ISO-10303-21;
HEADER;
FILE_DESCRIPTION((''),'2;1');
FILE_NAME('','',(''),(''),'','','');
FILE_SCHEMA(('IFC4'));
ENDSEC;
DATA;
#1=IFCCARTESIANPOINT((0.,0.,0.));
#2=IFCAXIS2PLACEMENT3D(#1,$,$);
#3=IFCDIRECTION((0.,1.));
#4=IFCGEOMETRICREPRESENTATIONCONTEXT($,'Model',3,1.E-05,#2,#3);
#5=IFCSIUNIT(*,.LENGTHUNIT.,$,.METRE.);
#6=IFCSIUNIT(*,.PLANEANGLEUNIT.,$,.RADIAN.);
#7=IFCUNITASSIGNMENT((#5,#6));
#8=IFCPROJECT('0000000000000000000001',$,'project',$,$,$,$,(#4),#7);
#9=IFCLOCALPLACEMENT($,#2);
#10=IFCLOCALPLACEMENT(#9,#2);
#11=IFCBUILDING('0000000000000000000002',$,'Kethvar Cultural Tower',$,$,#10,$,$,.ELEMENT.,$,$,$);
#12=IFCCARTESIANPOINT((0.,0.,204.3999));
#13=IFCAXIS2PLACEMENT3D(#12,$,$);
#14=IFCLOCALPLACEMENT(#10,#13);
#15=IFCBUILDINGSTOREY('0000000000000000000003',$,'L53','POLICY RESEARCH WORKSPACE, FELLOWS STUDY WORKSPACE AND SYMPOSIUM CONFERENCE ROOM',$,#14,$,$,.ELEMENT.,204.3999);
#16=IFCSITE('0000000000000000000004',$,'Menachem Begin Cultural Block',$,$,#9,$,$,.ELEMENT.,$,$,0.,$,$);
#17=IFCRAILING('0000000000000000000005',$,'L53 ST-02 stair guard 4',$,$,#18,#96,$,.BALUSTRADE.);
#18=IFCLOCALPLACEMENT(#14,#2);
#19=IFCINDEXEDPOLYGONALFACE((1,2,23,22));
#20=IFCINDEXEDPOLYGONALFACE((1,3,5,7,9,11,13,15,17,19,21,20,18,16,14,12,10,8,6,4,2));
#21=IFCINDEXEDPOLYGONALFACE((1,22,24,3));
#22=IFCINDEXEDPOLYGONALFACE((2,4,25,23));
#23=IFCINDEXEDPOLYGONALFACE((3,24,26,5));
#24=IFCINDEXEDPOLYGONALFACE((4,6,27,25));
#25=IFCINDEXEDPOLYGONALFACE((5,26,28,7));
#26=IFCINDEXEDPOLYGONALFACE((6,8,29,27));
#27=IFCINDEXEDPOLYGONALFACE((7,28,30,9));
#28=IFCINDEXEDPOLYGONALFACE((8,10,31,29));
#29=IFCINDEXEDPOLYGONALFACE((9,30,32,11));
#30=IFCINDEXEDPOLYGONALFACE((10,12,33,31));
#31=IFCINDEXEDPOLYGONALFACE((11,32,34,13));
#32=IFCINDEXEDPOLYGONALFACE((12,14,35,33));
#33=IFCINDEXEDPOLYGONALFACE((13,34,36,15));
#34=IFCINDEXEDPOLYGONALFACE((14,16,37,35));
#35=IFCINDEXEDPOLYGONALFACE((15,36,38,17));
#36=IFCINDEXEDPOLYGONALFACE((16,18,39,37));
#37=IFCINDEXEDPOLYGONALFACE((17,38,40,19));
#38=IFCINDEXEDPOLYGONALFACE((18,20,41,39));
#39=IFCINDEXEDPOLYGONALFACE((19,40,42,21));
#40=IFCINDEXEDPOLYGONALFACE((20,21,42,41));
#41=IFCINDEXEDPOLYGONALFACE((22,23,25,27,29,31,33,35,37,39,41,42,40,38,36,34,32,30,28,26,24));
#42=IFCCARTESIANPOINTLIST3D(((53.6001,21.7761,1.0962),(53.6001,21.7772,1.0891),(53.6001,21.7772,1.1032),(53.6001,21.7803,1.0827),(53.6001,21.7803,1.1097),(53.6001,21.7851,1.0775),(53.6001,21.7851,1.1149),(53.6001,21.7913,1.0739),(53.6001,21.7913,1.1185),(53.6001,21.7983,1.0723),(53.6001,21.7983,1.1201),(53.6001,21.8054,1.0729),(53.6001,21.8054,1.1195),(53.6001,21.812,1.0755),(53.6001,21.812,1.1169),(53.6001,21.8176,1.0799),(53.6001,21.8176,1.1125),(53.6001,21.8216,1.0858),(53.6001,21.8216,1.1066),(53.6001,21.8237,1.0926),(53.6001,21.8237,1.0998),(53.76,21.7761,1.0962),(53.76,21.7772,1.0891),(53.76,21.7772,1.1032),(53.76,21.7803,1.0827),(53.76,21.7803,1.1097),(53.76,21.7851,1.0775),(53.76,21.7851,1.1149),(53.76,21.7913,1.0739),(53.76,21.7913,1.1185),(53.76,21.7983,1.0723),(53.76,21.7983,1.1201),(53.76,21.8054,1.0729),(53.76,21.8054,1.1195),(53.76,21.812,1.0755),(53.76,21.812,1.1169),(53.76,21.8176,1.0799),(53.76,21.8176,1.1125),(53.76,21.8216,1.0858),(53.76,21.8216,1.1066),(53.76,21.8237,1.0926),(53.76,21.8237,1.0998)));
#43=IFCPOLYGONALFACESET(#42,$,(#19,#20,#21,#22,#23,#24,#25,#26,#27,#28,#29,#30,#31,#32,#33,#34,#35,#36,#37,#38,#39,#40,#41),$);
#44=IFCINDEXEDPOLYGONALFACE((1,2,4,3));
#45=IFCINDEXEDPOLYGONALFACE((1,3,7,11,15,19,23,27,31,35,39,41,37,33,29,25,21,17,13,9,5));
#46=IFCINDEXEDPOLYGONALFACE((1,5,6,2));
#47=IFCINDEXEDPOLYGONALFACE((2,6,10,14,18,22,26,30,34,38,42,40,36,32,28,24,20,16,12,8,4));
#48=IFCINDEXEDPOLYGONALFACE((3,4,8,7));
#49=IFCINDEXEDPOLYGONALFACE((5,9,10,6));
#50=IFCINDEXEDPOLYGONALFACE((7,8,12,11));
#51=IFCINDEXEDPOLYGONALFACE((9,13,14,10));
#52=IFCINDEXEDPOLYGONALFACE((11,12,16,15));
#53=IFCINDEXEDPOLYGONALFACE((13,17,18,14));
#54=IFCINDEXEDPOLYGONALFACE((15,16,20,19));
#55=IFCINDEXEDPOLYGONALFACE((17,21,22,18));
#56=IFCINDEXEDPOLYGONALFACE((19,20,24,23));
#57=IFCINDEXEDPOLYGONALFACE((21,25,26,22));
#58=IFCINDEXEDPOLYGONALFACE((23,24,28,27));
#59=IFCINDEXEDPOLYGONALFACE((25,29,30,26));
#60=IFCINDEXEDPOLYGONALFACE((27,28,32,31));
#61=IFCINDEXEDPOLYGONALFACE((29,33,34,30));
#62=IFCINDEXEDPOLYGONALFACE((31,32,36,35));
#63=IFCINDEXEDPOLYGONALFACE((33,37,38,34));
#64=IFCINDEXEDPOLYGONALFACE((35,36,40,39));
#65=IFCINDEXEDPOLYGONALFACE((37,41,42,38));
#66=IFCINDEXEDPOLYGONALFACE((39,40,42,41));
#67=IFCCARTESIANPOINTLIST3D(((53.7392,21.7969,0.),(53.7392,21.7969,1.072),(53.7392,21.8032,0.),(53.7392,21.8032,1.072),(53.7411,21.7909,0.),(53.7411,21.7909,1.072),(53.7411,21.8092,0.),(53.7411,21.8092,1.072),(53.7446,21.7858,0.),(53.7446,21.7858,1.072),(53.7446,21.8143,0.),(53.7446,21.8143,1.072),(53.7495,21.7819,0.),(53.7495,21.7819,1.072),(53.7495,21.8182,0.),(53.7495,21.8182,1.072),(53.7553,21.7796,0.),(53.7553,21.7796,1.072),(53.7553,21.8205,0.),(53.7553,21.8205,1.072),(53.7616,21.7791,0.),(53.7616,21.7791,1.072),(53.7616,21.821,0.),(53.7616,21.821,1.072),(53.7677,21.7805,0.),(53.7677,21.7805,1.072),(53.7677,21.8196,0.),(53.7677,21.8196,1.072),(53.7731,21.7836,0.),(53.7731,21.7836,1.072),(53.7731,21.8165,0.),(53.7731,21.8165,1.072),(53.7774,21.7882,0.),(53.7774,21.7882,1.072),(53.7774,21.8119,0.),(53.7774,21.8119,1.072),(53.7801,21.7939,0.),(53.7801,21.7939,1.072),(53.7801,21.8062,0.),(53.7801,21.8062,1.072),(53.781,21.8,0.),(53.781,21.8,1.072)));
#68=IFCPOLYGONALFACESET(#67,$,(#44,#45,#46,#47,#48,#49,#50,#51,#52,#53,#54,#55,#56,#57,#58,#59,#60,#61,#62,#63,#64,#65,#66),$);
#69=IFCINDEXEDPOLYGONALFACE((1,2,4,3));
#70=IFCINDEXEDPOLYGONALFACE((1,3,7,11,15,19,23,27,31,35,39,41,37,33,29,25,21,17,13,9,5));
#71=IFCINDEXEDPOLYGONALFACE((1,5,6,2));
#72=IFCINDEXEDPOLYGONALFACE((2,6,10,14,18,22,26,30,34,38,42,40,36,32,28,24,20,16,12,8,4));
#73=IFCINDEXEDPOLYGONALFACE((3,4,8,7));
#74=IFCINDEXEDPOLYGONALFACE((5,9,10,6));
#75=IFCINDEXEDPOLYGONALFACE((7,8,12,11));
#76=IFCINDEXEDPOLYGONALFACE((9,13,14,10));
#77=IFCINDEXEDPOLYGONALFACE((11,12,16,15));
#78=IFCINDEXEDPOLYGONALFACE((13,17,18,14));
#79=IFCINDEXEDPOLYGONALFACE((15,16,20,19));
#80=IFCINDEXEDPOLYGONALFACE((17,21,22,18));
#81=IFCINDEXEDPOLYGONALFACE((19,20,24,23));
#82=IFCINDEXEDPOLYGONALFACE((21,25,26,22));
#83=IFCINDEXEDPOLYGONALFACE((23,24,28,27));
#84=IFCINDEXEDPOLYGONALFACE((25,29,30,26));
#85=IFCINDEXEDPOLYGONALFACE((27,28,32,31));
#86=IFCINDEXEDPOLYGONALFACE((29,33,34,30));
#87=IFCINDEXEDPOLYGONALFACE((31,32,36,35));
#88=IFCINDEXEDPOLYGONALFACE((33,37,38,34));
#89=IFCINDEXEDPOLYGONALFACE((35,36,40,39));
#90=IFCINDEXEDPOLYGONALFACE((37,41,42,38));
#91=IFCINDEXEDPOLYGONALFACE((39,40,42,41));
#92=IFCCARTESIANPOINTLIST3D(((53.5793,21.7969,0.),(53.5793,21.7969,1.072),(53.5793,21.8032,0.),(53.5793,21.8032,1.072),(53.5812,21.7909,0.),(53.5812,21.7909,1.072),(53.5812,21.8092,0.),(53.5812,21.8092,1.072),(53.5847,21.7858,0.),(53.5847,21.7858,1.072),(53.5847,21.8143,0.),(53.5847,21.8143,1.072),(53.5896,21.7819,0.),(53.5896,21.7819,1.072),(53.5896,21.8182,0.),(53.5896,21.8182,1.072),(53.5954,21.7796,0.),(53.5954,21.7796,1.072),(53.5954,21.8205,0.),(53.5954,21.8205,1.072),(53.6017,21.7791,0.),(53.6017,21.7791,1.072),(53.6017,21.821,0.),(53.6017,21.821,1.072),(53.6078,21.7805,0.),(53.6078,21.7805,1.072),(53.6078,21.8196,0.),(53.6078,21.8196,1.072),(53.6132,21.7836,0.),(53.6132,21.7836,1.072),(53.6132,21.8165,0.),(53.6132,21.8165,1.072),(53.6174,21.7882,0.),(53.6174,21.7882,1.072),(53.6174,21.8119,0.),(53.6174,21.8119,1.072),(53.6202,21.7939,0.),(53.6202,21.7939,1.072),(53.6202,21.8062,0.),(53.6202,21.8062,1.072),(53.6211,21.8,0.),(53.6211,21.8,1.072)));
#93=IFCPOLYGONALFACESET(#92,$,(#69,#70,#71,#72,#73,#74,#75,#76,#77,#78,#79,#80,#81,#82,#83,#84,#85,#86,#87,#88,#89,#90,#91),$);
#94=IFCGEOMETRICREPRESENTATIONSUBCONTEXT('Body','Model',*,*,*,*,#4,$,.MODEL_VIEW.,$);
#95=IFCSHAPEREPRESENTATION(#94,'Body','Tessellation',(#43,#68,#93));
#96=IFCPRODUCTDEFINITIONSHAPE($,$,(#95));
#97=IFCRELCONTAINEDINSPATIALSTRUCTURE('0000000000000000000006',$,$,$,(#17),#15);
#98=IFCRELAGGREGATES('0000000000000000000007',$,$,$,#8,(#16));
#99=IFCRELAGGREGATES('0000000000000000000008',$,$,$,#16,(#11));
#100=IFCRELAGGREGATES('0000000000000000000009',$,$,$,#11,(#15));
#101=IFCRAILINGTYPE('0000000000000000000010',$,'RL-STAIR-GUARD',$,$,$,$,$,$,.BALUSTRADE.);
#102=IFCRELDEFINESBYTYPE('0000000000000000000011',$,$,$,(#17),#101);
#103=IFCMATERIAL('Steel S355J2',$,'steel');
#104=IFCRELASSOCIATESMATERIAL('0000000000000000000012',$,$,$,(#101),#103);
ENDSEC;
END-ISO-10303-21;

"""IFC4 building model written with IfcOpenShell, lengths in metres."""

from ifc_helpers import new_model, si_unit, direction, frame, origin, origin_2d, place, context, subcontext, project, spatial, circle, extrude, material, type_object, element, save


model = new_model("IFC4")

# Units and contexts
model_context = context("Model", 3, precision=1e-05, world=origin(), true_north=direction((0.0, 1.0)))
body_context = subcontext(model_context, "Body", "Model", "MODEL_VIEW")
ifc_project = project(units=[si_unit("LENGTHUNIT", "METRE"), si_unit("PLANEANGLEUNIT", "RADIAN")], contexts=[model_context])

# Site, building, storey
site_placement = place(None, origin())
site = spatial("IfcSite", under=ifc_project, at=site_placement, Name="Menachem Begin Cultural Block", CompositionType="ELEMENT", RefElevation=0.0)
building_placement = place(site_placement, origin())
building = spatial("IfcBuilding", under=site, at=building_placement, Name="Kethvar Cultural Tower", CompositionType="ELEMENT")
storey_placement = place(building_placement, frame((0.0, 0.0, 204.3999)))
storey = spatial("IfcBuildingStorey", under=building, at=storey_placement, Name="L53", Description="POLICY RESEARCH WORKSPACE, FELLOWS STUDY WORKSPACE AND SYMPOSIUM CONFERENCE ROOM", CompositionType="ELEMENT", Elevation=204.3999)

# Shared definitions
ifc_material_1 = material(Name="Steel S355J2", Category="steel")

# Railing
railing_type_1 = type_object("IfcRailingType", Name="RL-STAIR-GUARD", PredefinedType="BALUSTRADE", material=ifc_material_1)
railing_1_placement = place(storey_placement, frame((53.76, 21.8, 0.0)))
element("IfcRailing", 1, at=railing_1_placement, inside=storey, type_object=railing_type_1, Name="L53 ST-02 stair guard 4", PredefinedType="BALUSTRADE", context=body_context, shape_type="SweptSolid", body=[
    extrude(circle(Radius=0.0239, at=origin_2d()), frame((0.0, 0.0, 1.0962), z_axis=(-1.0, 0.0, 0.0), x_axis=(0.0, -1.0, 0.0)), (0.0, 0.0, 1.0), 0.1599),
    extrude(circle(Radius=0.021, at=origin_2d()), origin(), (0.0, 0.0, 1.0), 1.072),
    extrude(circle(Radius=0.021, at=origin_2d()), frame((-0.1599, 0.0, 0.0)), (0.0, 0.0, 1.0), 1.072),
])

save(model, "model.ifc")
